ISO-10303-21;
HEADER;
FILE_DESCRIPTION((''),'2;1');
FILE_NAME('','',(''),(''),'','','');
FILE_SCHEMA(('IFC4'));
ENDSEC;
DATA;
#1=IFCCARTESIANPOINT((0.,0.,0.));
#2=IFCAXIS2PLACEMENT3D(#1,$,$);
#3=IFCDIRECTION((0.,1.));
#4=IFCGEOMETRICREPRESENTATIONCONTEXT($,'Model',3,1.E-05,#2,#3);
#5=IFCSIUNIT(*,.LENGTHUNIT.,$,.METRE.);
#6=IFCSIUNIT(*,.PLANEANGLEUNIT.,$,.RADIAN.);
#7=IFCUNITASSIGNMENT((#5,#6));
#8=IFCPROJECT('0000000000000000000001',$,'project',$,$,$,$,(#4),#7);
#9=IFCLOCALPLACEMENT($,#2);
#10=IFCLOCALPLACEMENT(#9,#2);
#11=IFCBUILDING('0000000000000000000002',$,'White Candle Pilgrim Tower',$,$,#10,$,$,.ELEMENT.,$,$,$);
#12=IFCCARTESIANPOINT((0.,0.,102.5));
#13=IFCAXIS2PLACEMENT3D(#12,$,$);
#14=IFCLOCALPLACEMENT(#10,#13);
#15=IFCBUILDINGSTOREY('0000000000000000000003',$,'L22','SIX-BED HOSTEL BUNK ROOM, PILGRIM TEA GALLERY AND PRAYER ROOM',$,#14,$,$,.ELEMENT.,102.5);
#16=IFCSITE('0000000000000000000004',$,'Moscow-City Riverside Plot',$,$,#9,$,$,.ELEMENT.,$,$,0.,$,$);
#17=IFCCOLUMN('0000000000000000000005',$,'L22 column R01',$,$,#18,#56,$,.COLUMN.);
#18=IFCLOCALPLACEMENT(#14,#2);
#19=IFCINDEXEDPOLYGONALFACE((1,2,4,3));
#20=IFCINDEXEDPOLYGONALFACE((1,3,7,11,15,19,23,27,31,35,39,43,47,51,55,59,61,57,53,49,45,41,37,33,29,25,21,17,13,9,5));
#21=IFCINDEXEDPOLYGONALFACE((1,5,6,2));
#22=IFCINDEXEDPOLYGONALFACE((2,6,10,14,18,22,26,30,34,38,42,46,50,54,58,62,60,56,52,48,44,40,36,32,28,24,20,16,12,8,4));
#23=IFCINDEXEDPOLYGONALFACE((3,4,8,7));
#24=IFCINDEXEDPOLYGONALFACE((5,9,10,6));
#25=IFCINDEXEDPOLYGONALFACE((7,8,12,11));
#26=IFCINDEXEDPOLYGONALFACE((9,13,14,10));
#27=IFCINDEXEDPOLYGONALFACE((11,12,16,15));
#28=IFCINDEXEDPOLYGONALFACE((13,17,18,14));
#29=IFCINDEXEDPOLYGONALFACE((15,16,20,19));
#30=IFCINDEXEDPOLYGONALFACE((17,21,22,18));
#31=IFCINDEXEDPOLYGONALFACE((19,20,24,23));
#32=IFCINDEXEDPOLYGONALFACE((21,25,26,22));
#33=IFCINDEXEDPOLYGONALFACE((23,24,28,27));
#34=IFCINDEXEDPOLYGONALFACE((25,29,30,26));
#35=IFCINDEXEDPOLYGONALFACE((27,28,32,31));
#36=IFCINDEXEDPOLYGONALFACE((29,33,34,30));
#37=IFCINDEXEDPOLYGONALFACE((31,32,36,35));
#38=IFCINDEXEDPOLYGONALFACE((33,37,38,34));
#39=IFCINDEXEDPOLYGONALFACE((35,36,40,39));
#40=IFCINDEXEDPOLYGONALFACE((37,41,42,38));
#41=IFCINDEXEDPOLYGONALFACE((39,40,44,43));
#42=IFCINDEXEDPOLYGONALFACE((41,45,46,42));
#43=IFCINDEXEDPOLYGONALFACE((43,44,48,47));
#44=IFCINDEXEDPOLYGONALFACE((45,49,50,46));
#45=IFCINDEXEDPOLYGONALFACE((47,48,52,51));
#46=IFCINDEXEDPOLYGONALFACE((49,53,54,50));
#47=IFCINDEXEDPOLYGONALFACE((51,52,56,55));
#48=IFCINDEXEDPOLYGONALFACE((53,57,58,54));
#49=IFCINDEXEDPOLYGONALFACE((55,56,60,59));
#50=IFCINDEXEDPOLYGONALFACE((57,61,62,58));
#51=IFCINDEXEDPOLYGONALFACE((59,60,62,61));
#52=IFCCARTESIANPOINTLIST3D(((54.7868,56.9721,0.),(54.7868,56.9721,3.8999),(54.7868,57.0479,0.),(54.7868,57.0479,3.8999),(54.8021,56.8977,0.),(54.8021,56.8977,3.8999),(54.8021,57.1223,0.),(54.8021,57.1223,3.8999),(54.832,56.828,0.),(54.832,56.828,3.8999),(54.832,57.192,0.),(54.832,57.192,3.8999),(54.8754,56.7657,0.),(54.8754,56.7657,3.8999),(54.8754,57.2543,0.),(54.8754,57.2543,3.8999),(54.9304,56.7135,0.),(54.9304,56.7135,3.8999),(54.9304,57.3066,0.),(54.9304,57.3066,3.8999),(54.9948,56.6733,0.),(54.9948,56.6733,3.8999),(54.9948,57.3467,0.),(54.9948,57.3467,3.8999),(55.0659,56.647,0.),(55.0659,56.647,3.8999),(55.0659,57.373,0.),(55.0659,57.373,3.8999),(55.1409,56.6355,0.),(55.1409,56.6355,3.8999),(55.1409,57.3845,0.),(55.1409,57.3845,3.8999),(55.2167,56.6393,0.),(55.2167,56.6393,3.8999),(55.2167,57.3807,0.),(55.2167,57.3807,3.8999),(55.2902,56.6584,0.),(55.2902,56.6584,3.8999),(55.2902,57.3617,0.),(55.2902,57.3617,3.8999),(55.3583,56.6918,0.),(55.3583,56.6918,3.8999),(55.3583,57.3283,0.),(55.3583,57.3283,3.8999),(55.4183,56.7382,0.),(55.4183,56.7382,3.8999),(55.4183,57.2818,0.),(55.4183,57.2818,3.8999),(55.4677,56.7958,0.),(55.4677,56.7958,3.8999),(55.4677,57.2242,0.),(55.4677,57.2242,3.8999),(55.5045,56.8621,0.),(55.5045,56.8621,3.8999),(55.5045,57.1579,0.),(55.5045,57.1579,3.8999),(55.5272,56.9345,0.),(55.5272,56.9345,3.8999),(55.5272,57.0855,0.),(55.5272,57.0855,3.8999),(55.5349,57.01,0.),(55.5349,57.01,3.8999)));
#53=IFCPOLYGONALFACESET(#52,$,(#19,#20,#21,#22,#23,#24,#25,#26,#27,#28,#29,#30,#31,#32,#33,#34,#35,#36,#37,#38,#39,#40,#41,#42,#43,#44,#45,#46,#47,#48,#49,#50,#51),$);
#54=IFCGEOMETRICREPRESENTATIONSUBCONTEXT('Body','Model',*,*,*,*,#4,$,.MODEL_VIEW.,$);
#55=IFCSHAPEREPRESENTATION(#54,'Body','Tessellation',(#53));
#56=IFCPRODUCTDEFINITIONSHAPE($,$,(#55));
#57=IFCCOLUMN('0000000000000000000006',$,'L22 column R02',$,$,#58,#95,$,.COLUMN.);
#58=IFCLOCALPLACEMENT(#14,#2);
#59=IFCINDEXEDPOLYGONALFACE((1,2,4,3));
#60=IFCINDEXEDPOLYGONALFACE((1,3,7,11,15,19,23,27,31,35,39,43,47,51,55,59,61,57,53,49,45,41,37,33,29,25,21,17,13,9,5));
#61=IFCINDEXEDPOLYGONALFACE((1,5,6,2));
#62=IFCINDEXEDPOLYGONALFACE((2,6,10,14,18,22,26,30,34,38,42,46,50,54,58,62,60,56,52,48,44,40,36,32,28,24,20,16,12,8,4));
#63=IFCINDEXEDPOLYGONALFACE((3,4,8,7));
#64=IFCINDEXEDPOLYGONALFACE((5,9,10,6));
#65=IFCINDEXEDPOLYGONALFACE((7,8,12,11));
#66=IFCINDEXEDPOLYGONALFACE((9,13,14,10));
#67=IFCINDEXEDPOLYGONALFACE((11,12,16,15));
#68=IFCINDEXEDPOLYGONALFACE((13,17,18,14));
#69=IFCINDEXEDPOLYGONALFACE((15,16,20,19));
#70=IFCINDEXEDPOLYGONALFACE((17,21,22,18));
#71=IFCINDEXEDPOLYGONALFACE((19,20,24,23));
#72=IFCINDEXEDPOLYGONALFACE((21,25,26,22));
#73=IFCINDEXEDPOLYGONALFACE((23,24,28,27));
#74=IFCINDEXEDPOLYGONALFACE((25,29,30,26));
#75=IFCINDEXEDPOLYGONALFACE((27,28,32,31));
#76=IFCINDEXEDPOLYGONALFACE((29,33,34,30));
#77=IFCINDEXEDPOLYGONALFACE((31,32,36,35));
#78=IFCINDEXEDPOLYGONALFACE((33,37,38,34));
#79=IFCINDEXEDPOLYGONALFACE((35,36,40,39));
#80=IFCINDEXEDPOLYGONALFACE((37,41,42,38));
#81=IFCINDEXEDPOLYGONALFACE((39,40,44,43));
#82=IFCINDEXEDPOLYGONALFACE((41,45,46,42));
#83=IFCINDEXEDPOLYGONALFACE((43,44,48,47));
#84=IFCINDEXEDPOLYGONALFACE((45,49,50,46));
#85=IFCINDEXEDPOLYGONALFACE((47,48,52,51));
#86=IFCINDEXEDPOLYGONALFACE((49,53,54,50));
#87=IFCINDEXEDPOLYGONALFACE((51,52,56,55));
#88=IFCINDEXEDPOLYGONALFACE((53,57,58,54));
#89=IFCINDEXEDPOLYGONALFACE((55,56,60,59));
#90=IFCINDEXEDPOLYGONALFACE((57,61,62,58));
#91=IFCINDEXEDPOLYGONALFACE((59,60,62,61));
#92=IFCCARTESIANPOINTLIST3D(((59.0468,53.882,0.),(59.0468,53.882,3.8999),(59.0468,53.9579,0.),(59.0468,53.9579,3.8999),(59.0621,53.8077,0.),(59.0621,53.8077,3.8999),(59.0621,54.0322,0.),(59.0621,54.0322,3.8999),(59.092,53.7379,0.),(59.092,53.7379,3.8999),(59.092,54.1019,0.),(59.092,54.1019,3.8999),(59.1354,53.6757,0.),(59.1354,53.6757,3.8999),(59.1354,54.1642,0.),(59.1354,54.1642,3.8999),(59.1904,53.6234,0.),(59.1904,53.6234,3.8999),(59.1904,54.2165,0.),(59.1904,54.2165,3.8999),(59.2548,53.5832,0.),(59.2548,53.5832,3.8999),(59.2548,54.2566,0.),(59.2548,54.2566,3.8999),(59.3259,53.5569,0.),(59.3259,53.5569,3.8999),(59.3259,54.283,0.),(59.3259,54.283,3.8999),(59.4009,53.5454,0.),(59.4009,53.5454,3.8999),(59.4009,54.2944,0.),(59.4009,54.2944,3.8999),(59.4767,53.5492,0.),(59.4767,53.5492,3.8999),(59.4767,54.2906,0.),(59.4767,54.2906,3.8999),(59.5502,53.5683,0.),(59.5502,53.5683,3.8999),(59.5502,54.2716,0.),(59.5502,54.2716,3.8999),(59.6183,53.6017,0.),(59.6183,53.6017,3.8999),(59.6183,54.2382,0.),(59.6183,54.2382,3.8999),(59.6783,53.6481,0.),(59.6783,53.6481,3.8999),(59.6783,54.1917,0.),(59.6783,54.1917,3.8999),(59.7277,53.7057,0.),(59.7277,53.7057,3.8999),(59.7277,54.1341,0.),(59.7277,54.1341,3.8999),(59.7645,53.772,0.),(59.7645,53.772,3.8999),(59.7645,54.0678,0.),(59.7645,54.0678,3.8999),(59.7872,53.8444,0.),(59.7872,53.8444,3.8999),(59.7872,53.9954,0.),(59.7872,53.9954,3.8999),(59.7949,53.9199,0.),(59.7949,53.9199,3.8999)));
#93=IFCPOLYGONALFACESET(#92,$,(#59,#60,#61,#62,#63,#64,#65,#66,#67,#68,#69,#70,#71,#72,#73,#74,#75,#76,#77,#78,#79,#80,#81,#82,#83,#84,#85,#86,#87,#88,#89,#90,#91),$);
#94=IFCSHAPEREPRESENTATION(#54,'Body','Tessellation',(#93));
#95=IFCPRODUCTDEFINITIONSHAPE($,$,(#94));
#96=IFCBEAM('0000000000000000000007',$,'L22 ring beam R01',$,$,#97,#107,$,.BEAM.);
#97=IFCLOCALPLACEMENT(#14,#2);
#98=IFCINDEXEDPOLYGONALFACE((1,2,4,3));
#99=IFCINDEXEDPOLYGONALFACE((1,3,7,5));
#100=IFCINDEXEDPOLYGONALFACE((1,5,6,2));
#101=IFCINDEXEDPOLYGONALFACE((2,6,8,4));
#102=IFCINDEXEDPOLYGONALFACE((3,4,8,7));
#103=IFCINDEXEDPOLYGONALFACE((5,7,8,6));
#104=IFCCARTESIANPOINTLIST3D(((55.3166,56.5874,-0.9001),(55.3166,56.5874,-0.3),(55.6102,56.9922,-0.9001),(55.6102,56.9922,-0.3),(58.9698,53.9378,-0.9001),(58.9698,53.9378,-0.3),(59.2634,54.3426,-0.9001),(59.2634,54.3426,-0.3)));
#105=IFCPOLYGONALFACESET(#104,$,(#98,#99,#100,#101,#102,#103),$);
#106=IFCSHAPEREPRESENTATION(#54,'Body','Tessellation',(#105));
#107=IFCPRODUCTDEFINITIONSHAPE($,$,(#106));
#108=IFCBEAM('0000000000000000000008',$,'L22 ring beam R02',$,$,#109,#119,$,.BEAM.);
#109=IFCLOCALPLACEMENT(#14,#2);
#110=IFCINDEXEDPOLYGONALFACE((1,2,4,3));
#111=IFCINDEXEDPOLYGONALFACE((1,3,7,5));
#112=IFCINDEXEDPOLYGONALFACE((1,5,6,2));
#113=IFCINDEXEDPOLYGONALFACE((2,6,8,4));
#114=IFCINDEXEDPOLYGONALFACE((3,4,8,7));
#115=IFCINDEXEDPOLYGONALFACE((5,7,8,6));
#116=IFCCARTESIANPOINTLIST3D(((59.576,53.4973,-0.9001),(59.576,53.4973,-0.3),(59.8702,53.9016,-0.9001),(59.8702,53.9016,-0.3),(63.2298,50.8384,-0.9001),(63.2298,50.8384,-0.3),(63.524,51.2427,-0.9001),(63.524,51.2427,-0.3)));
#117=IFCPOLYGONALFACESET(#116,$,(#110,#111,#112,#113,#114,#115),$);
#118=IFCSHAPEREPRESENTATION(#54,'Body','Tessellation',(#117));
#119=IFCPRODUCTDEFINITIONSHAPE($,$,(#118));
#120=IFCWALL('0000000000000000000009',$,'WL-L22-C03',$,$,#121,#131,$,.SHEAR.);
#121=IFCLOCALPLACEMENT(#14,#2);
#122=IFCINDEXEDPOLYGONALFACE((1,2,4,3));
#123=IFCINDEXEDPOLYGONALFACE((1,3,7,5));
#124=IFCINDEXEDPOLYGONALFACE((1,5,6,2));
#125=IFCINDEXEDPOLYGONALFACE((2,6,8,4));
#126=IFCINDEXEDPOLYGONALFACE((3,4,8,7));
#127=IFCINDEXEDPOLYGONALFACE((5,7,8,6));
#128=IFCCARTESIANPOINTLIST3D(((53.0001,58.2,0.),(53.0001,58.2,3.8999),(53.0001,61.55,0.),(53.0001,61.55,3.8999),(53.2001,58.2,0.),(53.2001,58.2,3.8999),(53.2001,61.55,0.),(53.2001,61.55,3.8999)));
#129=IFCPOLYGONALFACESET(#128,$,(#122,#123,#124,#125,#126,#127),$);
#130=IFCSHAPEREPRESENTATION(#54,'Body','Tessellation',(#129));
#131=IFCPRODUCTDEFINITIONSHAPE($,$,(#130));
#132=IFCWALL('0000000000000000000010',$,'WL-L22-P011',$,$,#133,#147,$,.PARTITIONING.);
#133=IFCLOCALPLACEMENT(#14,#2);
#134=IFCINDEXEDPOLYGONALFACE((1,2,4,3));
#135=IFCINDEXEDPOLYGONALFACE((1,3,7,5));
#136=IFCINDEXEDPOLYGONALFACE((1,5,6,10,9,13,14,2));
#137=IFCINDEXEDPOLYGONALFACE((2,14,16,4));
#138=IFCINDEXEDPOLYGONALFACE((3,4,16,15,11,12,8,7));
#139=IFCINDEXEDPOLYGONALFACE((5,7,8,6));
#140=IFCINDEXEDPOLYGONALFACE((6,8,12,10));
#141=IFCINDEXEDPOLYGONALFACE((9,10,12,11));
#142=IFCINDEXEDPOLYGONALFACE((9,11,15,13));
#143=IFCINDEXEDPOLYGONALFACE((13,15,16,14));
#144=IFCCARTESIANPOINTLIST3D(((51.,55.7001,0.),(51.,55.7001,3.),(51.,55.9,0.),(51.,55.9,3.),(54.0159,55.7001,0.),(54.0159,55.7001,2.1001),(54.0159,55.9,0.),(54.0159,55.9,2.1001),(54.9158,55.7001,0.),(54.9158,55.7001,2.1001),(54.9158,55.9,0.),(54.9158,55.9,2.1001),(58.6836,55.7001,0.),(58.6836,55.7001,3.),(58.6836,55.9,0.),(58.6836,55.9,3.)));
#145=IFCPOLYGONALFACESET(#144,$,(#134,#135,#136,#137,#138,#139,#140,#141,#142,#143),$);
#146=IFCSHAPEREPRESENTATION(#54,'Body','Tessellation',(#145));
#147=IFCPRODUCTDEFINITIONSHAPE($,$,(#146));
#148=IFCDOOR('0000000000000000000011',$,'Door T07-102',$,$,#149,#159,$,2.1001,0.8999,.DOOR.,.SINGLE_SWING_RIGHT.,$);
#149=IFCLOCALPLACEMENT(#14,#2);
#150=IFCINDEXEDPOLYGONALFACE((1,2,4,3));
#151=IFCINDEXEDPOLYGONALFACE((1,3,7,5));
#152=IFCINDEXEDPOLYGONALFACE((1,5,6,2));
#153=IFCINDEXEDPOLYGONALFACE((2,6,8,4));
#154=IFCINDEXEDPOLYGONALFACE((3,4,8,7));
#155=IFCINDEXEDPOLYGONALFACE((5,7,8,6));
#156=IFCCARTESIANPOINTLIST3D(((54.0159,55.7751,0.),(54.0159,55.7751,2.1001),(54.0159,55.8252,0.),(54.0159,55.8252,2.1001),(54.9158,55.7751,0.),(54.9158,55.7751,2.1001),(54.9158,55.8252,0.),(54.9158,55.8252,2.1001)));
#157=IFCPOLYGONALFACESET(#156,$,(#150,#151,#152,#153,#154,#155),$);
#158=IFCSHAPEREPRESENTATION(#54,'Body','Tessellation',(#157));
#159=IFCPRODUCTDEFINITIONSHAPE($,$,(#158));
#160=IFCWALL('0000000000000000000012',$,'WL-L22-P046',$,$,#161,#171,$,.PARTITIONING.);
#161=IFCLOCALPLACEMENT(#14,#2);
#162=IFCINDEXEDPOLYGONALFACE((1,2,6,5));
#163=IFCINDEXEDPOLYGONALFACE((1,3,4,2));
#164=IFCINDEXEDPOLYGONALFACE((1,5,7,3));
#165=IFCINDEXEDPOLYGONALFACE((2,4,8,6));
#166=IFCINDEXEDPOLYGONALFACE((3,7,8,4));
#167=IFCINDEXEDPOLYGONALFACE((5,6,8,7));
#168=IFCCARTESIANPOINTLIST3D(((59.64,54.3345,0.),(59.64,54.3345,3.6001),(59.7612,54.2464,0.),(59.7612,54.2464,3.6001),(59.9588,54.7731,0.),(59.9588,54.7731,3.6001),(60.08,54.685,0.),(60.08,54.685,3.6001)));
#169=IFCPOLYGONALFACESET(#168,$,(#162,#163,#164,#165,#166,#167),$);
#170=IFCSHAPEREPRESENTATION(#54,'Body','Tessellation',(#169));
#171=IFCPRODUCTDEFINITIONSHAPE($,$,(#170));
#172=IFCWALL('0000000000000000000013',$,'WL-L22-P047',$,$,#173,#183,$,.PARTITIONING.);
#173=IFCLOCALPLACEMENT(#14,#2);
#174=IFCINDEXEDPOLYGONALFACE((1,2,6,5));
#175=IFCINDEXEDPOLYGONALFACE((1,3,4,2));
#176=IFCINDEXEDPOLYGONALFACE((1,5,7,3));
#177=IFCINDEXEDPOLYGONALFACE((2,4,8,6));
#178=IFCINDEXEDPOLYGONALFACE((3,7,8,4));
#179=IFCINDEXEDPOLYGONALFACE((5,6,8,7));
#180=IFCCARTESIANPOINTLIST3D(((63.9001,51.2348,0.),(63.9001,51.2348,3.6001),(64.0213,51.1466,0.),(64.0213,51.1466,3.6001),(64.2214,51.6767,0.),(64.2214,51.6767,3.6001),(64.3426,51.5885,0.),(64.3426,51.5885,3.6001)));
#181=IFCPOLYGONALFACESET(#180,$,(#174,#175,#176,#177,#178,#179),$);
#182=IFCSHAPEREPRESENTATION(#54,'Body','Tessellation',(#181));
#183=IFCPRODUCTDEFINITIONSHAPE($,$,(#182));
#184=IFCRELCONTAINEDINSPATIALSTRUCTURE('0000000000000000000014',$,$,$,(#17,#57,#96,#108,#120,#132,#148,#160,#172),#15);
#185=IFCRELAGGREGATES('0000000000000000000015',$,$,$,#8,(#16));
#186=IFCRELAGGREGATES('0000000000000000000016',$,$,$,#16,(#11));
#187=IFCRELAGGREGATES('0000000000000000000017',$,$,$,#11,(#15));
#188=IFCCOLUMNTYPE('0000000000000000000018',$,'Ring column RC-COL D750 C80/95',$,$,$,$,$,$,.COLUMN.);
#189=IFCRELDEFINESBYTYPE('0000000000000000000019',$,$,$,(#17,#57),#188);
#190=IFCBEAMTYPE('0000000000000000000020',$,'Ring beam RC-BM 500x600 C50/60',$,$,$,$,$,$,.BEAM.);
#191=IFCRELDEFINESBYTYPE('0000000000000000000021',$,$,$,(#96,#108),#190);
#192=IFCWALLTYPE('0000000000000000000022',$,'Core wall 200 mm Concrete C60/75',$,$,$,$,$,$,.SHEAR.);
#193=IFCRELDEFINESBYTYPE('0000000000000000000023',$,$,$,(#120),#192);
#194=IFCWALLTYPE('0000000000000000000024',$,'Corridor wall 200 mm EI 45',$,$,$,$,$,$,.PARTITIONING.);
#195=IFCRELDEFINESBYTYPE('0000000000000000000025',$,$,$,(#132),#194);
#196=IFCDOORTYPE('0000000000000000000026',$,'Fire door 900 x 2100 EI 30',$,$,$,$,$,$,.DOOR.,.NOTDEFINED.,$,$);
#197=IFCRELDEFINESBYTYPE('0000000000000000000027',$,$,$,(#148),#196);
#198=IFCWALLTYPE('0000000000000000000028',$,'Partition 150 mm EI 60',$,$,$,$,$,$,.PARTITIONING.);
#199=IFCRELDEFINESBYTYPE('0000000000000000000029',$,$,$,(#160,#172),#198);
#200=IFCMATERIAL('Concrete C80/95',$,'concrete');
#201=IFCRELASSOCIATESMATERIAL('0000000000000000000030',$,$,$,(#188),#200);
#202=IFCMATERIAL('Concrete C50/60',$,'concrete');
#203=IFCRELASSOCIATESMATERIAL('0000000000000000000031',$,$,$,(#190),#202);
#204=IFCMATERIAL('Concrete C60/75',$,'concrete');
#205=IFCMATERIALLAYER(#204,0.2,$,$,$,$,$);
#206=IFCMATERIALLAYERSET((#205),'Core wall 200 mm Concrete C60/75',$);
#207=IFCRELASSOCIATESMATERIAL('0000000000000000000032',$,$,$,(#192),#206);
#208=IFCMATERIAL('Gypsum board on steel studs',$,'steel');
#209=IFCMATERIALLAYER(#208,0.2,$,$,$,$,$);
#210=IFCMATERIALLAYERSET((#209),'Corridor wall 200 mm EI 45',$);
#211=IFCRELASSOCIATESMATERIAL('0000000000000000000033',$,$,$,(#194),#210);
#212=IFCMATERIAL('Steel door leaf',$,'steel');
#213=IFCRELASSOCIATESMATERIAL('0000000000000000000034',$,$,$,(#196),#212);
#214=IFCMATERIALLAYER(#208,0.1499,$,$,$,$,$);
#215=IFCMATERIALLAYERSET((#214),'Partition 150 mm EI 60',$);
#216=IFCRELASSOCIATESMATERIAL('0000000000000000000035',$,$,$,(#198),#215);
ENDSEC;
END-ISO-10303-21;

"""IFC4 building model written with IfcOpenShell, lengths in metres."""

from ifc_helpers import new_model, si_unit, direction, frame, frame_2d, origin, origin_2d, place, context, subcontext, project, spatial, rectangle, circle, extrude, material, layer, layer_set, material_profile, profile_set, type_object, element, fill, save


model = new_model("IFC4")

# Units and contexts
model_context = context("Model", 3, precision=1e-05, world=origin(), true_north=direction((0.0, 1.0)))
body_context = subcontext(model_context, "Body", "Model", "MODEL_VIEW")
ifc_project = project(units=[si_unit("LENGTHUNIT", "METRE"), si_unit("PLANEANGLEUNIT", "RADIAN")], contexts=[model_context])

# Site, building, storey
site_placement = place(None, origin())
site = spatial("IfcSite", under=ifc_project, at=site_placement, Name="Moscow-City Riverside Plot", CompositionType="ELEMENT", RefElevation=0.0)
building_placement = place(site_placement, origin())
building = spatial("IfcBuilding", under=site, at=building_placement, Name="White Candle Pilgrim Tower", CompositionType="ELEMENT")
storey_placement = place(building_placement, frame((0.0, 0.0, 102.5)))
storey = spatial("IfcBuildingStorey", under=building, at=storey_placement, Name="L22", Description="SIX-BED HOSTEL BUNK ROOM, PILGRIM TEA GALLERY AND PRAYER ROOM", CompositionType="ELEMENT", Elevation=102.5)

# Columns
ifc_material_1 = material(Name="Concrete C80/95", Category="concrete")
ifc_material_profile_1 = material_profile(ifc_material_1, circle(Radius=0.375, at=origin_2d()), Name="RC-COL D750")
ifc_profile_set_1 = profile_set([ifc_material_profile_1], Name="Concrete C80/95")
column_type = type_object("IfcColumnType", Name="Ring column RC-COL D750 C80/95", PredefinedType="COLUMN", material=ifc_profile_set_1)
for number, where, z_axis, x_axis, name in (
    (1, (55.1599, 57.01, 0.0), (0.0, 0.0, 1.0), (1.0, 0.0, 0.0), "L22 column R01"),
    (2, (59.4199, 53.9199, 0.0), (0.0, 0.0, 1.0), (1.0, 0.0, 0.0), "L22 column R02"),
):
    element("IfcColumn", number, at=place(storey_placement, frame(where, z_axis=z_axis, x_axis=x_axis)), inside=storey, type_object=column_type, Name=name, PredefinedType="COLUMN", context=body_context, shape_type="SweptSolid", body=[
        extrude(circle(Radius=0.375, at=origin_2d()), origin(), (0.0, 0.0, 1.0), 3.8999),
    ])

# Beams
ifc_material_2 = material(Name="Concrete C50/60", Category="concrete")
ifc_material_profile_2 = material_profile(ifc_material_2, rectangle(XDim=0.5, YDim=0.6001, at=origin_2d()), Name="RC-BM 500x600")
ifc_profile_set_2 = profile_set([ifc_material_profile_2], Name="Concrete C50/60")
beam_type = type_object("IfcBeamType", Name="Ring beam RC-BM 500x600 C50/60", PredefinedType="BEAM", material=ifc_profile_set_2)
beam_1_placement = place(storey_placement, frame((55.4634, 56.7898, -0.6001), z_axis=(0.809505, -0.587113, 0.0), x_axis=(0.587113, 0.809505, 0.0)))
element("IfcBeam", 3, at=beam_1_placement, inside=storey, type_object=beam_type, Name="L22 ring beam R01", PredefinedType="BEAM", context=body_context, shape_type="SweptSolid", body=[
    extrude(rectangle(XDim=0.5, YDim=0.6001, at=origin_2d()), origin(), (0.0, 0.0, 1.0), 4.5129),
])
beam_2_placement = place(storey_placement, frame((59.7231, 53.6995, -0.6001), z_axis=(0.808566, -0.588406, 0.0), x_axis=(0.588406, 0.808566, 0.0)))
element("IfcBeam", 4, at=beam_2_placement, inside=storey, type_object=beam_type, Name="L22 ring beam R02", PredefinedType="BEAM", context=body_context, shape_type="SweptSolid", body=[
    extrude(rectangle(XDim=0.5, YDim=0.6001, at=origin_2d()), origin(), (0.0, 0.0, 1.0), 4.5188),
])

# Wall
ifc_material_3 = material(Name="Concrete C60/75", Category="concrete")
ifc_layer_1 = layer(ifc_material_3, 0.2)
ifc_layer_set_1 = layer_set([ifc_layer_1], Name="Core wall 200 mm Concrete C60/75")
wall_type_1 = type_object("IfcWallType", Name="Core wall 200 mm Concrete C60/75", PredefinedType="SHEAR", material=ifc_layer_set_1)
wall_1_placement = place(storey_placement, frame((53.1001, 58.2, 0.0), z_axis=(0.0, 0.0, 1.0), x_axis=(0.0, 1.0, 0.0)))
element("IfcWall", 5, at=wall_1_placement, inside=storey, type_object=wall_type_1, Name="WL-L22-C03", PredefinedType="SHEAR", context=body_context, shape_type="SweptSolid", body=[
    extrude(rectangle(XDim=3.3501, YDim=0.2, at=frame_2d((1.675, 0.0))), origin(), (0.0, 0.0, 1.0), 3.8999),
])

# Wall, opening, door
ifc_material_4 = material(Name="Gypsum board on steel studs", Category="steel")
ifc_layer_2 = layer(ifc_material_4, 0.2)
ifc_layer_set_2 = layer_set([ifc_layer_2], Name="Corridor wall 200 mm EI 45")
wall_type_2 = type_object("IfcWallType", Name="Corridor wall 200 mm EI 45", PredefinedType="PARTITIONING", material=ifc_layer_set_2)
wall_2_placement = place(storey_placement, frame((58.6836, 55.8, 0.0), z_axis=(0.0, 0.0, 1.0), x_axis=(-1.0, 0.0, 0.0)))
wall_2 = element("IfcWall", 6, at=wall_2_placement, inside=storey, type_object=wall_type_2, Name="WL-L22-P011", PredefinedType="PARTITIONING", context=body_context, shape_type="SweptSolid", body=[
    extrude(rectangle(XDim=7.6836, YDim=0.2, at=frame_2d((3.8418, 0.0))), origin(), (0.0, 0.0, 1.0), 3.0),
])
opening_1_placement = place(wall_2_placement, frame((3.7678, 0.0, 0.0)))
opening_1 = element("IfcOpeningElement", 7, at=opening_1_placement, cuts=wall_2, PredefinedType="OPENING", context=body_context, shape_type="SweptSolid", body=[
    extrude(rectangle(XDim=0.8999, YDim=2.1001, at=frame_2d((0.45, 1.05))), frame((0.0, 0.1099, 0.0), z_axis=(0.0, -1.0, 0.0), x_axis=(1.0, 0.0, 0.0)), (0.0, 0.0, 1.0), 0.22),
])
ifc_material_5 = material(Name="Steel door leaf", Category="steel")
door_type_1 = type_object("IfcDoorType", Name="Fire door 900 x 2100 EI 30", OperationType="NOTDEFINED", PredefinedType="DOOR", material=ifc_material_5)
door_1_placement = place(opening_1_placement, origin())
door_1 = element("IfcDoor", 8, at=door_1_placement, inside=storey, type_object=door_type_1, Name="Door T07-102", OperationType="SINGLE_SWING_RIGHT", OverallHeight=2.1001, OverallWidth=0.8999, PredefinedType="DOOR", context=body_context, shape_type="SweptSolid", body=[
    extrude(rectangle(XDim=0.8999, YDim=2.1001, at=frame_2d((0.45, 1.05))), frame((0.0, 0.0249, 0.0), z_axis=(0.0, -1.0, 0.0), x_axis=(1.0, 0.0, 0.0)), (0.0, 0.0, 1.0), 0.05),
])
fill(opening_1, door_1)

# Walls
ifc_layer_3 = layer(ifc_material_4, 0.1499)
ifc_layer_set_3 = layer_set([ifc_layer_3], Name="Partition 150 mm EI 60")
wall_type_3 = type_object("IfcWallType", Name="Partition 150 mm EI 60", PredefinedType="PARTITIONING", material=ifc_layer_set_3)
wall_3_placement = place(storey_placement, frame((59.7007, 54.2905, 0.0), z_axis=(0.0, 0.0, 1.0), x_axis=(0.587904, 0.808931, 0.0)))
element("IfcWall", 9, at=wall_3_placement, inside=storey, type_object=wall_type_3, Name="WL-L22-P046", PredefinedType="PARTITIONING", context=body_context, shape_type="SweptSolid", body=[
    extrude(rectangle(XDim=0.5422, YDim=0.1499, at=frame_2d((0.271, 0.0))), origin(), (0.0, 0.0, 1.0), 3.6001),
])
wall_4_placement = place(storey_placement, frame((63.9607, 51.1907, 0.0), z_axis=(0.0, 0.0, 1.0), x_axis=(0.588065, 0.808813, 0.0)))
element("IfcWall", 10, at=wall_4_placement, inside=storey, type_object=wall_type_3, Name="WL-L22-P047", PredefinedType="PARTITIONING", context=body_context, shape_type="SweptSolid", body=[
    extrude(rectangle(XDim=0.5464, YDim=0.1499, at=frame_2d((0.2732, 0.0))), origin(), (0.0, 0.0, 1.0), 3.6001),
])

save(model, "model.ifc")
